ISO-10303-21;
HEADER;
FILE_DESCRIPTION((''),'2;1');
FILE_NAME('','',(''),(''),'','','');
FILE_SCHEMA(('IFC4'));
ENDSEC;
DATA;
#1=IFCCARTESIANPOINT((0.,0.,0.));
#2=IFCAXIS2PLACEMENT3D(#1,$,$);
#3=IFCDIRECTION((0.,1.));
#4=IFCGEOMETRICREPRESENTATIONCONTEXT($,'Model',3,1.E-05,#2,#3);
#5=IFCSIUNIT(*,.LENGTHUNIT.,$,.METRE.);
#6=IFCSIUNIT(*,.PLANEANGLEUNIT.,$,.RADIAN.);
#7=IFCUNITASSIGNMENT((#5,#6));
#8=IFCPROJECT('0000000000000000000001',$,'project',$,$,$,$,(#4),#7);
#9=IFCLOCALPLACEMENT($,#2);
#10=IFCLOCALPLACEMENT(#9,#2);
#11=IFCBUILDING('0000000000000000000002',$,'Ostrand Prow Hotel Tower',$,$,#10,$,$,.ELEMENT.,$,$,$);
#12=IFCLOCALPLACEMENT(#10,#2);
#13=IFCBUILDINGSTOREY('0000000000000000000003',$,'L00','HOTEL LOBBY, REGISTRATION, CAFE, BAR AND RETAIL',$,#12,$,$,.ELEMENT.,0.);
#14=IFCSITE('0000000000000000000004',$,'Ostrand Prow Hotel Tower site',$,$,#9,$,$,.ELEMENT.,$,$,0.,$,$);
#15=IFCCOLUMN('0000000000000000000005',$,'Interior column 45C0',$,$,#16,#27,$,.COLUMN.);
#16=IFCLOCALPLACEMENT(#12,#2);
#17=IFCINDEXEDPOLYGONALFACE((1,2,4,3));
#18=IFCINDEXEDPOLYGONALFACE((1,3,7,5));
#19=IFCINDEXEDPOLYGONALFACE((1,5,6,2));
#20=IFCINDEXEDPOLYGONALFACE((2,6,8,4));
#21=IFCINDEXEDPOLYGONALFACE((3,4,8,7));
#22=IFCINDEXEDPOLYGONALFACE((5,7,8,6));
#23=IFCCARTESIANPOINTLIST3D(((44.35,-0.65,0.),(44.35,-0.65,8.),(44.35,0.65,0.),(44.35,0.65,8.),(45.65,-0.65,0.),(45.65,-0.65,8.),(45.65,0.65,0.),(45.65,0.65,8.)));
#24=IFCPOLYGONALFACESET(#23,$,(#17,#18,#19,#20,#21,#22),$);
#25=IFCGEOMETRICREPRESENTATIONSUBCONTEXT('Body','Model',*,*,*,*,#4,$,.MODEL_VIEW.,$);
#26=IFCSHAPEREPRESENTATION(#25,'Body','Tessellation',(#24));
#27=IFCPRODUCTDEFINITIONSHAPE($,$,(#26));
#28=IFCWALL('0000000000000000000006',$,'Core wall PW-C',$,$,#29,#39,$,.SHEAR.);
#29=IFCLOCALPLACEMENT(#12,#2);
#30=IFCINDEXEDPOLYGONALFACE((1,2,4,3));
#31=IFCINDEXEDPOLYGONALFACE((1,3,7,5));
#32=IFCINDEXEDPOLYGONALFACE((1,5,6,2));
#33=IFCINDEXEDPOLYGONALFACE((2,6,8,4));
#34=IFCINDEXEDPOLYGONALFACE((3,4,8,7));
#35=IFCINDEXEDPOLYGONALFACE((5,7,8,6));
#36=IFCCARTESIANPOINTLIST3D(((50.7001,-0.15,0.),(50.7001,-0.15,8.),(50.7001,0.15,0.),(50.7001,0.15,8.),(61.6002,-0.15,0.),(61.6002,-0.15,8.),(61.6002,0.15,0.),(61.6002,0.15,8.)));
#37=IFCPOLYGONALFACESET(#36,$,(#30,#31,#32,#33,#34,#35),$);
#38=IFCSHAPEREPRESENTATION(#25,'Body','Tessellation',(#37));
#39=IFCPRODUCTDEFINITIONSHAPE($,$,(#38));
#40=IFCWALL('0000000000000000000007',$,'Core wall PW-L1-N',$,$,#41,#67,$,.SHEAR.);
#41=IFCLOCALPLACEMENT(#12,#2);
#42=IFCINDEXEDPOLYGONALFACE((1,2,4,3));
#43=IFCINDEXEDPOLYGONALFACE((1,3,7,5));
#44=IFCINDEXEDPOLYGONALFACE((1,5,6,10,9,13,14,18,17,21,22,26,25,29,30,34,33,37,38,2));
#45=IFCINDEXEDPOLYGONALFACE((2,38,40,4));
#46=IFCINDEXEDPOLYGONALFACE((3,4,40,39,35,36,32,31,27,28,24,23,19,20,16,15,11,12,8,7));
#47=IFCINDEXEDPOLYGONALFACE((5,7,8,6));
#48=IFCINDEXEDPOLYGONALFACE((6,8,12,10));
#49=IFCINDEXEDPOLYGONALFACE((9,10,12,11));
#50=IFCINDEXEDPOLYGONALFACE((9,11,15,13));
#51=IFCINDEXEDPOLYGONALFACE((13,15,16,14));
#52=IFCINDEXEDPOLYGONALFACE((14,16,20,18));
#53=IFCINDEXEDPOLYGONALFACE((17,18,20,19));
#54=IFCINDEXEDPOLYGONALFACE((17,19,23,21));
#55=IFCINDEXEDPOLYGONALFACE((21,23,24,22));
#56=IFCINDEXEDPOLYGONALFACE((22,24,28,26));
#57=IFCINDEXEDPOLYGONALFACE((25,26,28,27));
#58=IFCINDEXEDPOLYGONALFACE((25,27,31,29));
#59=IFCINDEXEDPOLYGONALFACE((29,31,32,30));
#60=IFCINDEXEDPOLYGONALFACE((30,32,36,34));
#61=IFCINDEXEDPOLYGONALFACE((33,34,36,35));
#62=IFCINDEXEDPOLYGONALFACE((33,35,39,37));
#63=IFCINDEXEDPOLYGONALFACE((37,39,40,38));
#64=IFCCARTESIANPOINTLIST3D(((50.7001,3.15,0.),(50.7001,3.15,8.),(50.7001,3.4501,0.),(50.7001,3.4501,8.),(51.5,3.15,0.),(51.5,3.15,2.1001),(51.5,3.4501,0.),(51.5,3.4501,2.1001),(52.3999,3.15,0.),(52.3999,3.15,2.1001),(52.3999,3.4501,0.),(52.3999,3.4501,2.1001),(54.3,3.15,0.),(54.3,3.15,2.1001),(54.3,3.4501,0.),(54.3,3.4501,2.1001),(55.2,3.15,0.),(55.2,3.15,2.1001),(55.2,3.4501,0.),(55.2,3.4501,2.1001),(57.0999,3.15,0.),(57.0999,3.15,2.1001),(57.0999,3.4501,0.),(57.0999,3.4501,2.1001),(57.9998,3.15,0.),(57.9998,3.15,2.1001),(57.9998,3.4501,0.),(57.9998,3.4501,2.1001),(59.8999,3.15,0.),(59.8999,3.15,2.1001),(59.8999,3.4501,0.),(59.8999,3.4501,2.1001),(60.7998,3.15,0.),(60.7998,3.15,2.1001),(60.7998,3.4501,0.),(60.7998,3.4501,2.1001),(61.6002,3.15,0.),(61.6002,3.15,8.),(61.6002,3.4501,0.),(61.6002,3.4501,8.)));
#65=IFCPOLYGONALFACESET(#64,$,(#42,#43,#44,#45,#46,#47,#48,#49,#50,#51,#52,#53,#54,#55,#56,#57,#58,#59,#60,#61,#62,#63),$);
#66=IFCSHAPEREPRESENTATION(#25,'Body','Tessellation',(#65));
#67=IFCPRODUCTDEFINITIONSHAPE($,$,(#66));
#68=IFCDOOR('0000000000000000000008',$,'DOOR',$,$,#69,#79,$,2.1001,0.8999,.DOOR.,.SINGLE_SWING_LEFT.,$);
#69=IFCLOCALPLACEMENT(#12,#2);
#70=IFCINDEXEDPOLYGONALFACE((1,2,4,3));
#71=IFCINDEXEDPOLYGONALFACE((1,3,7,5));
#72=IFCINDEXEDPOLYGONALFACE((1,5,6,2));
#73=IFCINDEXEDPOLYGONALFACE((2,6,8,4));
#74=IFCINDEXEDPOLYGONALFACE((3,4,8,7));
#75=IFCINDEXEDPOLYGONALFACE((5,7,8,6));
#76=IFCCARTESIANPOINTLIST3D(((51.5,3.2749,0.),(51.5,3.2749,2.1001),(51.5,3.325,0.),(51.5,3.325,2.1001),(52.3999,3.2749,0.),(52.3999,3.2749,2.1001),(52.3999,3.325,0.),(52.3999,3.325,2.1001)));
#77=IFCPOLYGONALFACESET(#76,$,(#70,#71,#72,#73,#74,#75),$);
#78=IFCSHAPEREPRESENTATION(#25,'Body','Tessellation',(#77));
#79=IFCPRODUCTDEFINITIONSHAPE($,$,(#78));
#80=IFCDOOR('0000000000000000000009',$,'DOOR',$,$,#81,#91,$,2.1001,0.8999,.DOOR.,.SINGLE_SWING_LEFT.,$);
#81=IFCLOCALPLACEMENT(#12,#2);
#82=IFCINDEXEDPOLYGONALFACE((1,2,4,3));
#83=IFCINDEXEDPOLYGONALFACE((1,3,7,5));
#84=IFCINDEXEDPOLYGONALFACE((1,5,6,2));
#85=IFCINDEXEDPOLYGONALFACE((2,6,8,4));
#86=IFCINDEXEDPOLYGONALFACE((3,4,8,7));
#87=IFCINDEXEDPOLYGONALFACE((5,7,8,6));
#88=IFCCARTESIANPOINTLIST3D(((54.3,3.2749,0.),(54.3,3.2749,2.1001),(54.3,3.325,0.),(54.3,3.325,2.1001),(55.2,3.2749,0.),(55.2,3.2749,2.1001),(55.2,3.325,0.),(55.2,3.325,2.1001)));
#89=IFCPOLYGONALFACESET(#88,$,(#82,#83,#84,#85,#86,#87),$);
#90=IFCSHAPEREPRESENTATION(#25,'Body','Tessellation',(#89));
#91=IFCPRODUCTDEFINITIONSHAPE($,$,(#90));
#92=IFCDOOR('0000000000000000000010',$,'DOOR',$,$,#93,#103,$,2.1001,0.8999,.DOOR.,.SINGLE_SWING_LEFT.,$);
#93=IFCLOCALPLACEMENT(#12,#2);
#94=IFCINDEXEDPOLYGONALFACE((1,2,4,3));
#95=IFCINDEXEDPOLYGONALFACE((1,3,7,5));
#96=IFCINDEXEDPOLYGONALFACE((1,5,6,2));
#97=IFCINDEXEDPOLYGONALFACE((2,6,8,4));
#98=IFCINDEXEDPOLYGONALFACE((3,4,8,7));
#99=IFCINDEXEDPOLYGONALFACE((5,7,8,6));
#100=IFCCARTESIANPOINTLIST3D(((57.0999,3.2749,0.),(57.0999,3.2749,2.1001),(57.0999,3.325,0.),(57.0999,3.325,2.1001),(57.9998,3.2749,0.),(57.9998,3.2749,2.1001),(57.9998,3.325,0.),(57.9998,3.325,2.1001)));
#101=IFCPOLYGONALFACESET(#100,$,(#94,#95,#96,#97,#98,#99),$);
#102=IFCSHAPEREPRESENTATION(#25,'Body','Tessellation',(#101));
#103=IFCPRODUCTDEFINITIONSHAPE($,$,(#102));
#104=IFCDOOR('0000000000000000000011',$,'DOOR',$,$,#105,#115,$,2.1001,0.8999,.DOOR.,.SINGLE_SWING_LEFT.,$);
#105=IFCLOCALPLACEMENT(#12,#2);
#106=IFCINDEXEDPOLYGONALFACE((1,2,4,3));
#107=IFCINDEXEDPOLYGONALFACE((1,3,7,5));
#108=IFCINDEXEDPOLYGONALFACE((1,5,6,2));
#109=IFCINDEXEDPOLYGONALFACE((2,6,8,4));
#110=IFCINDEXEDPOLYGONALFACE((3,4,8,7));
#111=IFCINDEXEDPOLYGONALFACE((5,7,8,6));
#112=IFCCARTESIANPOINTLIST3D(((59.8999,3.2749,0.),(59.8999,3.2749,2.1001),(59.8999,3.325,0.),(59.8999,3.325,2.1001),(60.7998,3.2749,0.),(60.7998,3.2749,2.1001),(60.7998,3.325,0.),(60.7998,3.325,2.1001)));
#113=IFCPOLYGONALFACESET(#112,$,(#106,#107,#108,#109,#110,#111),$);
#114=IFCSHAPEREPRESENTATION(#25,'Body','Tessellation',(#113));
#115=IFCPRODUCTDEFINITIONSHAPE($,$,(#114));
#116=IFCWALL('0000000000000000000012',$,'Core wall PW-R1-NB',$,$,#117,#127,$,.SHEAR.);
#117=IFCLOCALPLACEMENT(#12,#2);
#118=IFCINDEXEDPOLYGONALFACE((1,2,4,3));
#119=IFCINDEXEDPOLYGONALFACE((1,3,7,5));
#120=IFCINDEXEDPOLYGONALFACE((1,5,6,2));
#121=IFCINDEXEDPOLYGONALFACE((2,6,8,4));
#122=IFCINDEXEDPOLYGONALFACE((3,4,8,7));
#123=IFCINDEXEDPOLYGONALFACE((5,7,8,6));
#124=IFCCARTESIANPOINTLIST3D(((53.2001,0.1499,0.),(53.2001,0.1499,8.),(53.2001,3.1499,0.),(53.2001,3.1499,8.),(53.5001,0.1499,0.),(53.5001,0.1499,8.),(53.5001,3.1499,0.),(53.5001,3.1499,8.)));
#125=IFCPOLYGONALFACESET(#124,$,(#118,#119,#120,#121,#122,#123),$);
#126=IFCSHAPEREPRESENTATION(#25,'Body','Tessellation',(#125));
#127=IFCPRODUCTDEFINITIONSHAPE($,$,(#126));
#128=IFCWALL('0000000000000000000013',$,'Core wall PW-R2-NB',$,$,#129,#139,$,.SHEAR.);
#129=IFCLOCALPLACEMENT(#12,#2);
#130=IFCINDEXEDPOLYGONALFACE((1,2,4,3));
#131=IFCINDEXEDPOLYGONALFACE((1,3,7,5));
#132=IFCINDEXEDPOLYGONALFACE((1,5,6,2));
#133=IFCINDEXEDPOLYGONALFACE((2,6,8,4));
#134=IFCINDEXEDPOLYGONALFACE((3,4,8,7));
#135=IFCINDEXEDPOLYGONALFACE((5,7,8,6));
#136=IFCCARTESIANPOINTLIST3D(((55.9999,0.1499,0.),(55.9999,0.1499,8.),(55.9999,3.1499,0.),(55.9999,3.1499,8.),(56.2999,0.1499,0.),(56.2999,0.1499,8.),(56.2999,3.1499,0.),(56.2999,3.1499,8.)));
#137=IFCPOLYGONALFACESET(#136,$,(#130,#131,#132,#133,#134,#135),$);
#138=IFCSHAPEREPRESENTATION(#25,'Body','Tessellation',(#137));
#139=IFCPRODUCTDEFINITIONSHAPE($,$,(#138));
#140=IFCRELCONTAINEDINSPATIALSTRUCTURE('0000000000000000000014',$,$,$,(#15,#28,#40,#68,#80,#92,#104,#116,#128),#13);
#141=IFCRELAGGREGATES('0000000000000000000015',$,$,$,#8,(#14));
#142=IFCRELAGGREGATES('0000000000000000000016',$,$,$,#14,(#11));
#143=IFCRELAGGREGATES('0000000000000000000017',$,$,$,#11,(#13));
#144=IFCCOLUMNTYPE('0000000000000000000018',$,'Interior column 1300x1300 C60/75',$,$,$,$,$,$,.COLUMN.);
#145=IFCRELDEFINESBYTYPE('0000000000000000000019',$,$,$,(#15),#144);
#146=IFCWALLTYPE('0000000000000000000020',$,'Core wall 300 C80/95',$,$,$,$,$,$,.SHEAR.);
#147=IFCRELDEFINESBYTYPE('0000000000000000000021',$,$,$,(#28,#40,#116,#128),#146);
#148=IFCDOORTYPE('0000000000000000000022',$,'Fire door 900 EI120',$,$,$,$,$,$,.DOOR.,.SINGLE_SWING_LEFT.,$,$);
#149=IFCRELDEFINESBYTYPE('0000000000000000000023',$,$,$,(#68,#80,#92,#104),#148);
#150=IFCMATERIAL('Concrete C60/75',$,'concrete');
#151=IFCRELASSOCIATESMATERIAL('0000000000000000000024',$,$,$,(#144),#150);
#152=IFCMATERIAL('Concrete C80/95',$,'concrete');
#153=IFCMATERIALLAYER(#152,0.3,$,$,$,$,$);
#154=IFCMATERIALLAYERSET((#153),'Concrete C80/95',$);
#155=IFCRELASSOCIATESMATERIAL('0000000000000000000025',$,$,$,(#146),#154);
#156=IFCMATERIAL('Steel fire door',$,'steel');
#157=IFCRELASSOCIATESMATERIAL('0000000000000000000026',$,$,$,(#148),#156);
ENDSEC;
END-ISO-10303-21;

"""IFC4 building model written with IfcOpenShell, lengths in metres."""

from ifc_helpers import new_model, si_unit, direction, frame, frame_2d, origin, origin_2d, place, context, subcontext, project, spatial, rectangle, extrude, material, layer, layer_set, material_profile, profile_set, type_object, element, fill, save


model = new_model("IFC4")

# Units and contexts
model_context = context("Model", 3, precision=1e-05, world=origin(), true_north=direction((0.0, 1.0)))
body_context = subcontext(model_context, "Body", "Model", "MODEL_VIEW")
ifc_project = project(units=[si_unit("LENGTHUNIT", "METRE"), si_unit("PLANEANGLEUNIT", "RADIAN")], contexts=[model_context])

# Site, building, storey
site_placement = place(None, origin())
site = spatial("IfcSite", under=ifc_project, at=site_placement, Name="Ostrand Prow Hotel Tower site", CompositionType="ELEMENT", RefElevation=0.0)
building_placement = place(site_placement, origin())
building = spatial("IfcBuilding", under=site, at=building_placement, Name="Ostrand Prow Hotel Tower", CompositionType="ELEMENT")
storey_placement = place(building_placement, origin())
storey = spatial("IfcBuildingStorey", under=building, at=storey_placement, Name="L00", Description="HOTEL LOBBY, REGISTRATION, CAFE, BAR AND RETAIL", CompositionType="ELEMENT", Elevation=0.0)

# Column
ifc_material_1 = material(Name="Concrete C60/75", Category="concrete")
ifc_material_profile = material_profile(ifc_material_1, rectangle(XDim=1.3, YDim=1.3, at=origin_2d()), Name="RC 1300x1300")
ifc_profile_set = profile_set([ifc_material_profile], Name="Concrete C60/75")
column_type = type_object("IfcColumnType", Name="Interior column 1300x1300 C60/75", PredefinedType="COLUMN", material=ifc_profile_set)
column_placement = place(storey_placement, frame((45.0, 0.0, 0.0), z_axis=(0.0, 0.0, 1.0), x_axis=(1.0, 0.0, 0.0)))
element("IfcColumn", 1, at=column_placement, inside=storey, type_object=column_type, Name="Interior column 45C0", PredefinedType="COLUMN", context=body_context, shape_type="SweptSolid", body=[
    extrude(rectangle(XDim=1.3, YDim=1.3, at=origin_2d()), origin(), (0.0, 0.0, 1.0), 8.0),
])

# Wall
ifc_material_2 = material(Name="Concrete C80/95", Category="concrete")
ifc_layer = layer(ifc_material_2, 0.3)
ifc_layer_set = layer_set([ifc_layer], Name="Concrete C80/95")
wall_type = type_object("IfcWallType", Name="Core wall 300 C80/95", PredefinedType="SHEAR", material=ifc_layer_set)
wall_1_placement = place(storey_placement, frame((50.7, 0.0, 0.0), z_axis=(0.0, 0.0, 1.0), x_axis=(1.0, 0.0, 0.0)))
element("IfcWall", 2, at=wall_1_placement, inside=storey, type_object=wall_type, Name="Core wall PW-C", PredefinedType="SHEAR", context=body_context, shape_type="SweptSolid", body=[
    extrude(rectangle(XDim=10.9001, YDim=0.3, at=frame_2d((5.4502, 0.0))), origin(), (0.0, 0.0, 1.0), 8.0),
])

# Wall, openings, doors
wall_2_placement = place(storey_placement, frame((50.7, 3.3, 0.0), z_axis=(0.0, 0.0, 1.0), x_axis=(1.0, 0.0, 0.0)))
wall_2 = element("IfcWall", 3, at=wall_2_placement, inside=storey, type_object=wall_type, Name="Core wall PW-L1-N", PredefinedType="SHEAR", context=body_context, shape_type="SweptSolid", body=[
    extrude(rectangle(XDim=10.9001, YDim=0.3, at=frame_2d((5.4502, 0.0))), origin(), (0.0, 0.0, 1.0), 8.0),
])
opening_1_placement = place(wall_2_placement, frame((0.8, 0.0, 0.0)))
opening_1 = element("IfcOpeningElement", 4, at=opening_1_placement, cuts=wall_2, PredefinedType="OPENING", context=body_context, shape_type="SweptSolid", body=[
    extrude(rectangle(XDim=0.8999, YDim=2.1001, at=frame_2d((0.45, 1.05))), frame((0.0, 0.1599, 0.0), z_axis=(0.0, -1.0, 0.0), x_axis=(1.0, 0.0, 0.0)), (0.0, 0.0, 1.0), 0.3201),
])
opening_2_placement = place(wall_2_placement, frame((3.6001, 0.0, 0.0)))
opening_2 = element("IfcOpeningElement", 5, at=opening_2_placement, cuts=wall_2, PredefinedType="OPENING", context=body_context, shape_type="SweptSolid", body=[
    extrude(rectangle(XDim=0.8999, YDim=2.1001, at=frame_2d((0.45, 1.05))), frame((0.0, 0.1599, 0.0), z_axis=(0.0, -1.0, 0.0), x_axis=(1.0, 0.0, 0.0)), (0.0, 0.0, 1.0), 0.3201),
])
opening_3_placement = place(wall_2_placement, frame((6.3999, 0.0, 0.0)))
opening_3 = element("IfcOpeningElement", 6, at=opening_3_placement, cuts=wall_2, PredefinedType="OPENING", context=body_context, shape_type="SweptSolid", body=[
    extrude(rectangle(XDim=0.8999, YDim=2.1001, at=frame_2d((0.45, 1.05))), frame((0.0, 0.1599, 0.0), z_axis=(0.0, -1.0, 0.0), x_axis=(1.0, 0.0, 0.0)), (0.0, 0.0, 1.0), 0.3201),
])
opening_4_placement = place(wall_2_placement, frame((9.2, 0.0, 0.0)))
opening_4 = element("IfcOpeningElement", 7, at=opening_4_placement, cuts=wall_2, PredefinedType="OPENING", context=body_context, shape_type="SweptSolid", body=[
    extrude(rectangle(XDim=0.8999, YDim=2.1001, at=frame_2d((0.45, 1.05))), frame((0.0, 0.1599, 0.0), z_axis=(0.0, -1.0, 0.0), x_axis=(1.0, 0.0, 0.0)), (0.0, 0.0, 1.0), 0.3201),
])
ifc_material_3 = material(Name="Steel fire door", Category="steel")
door_type_1 = type_object("IfcDoorType", Name="Fire door 900 EI120", OperationType="SINGLE_SWING_LEFT", PredefinedType="DOOR", material=ifc_material_3)
door_1_placement = place(opening_1_placement, origin())
door_1 = element("IfcDoor", 8, at=door_1_placement, inside=storey, type_object=door_type_1, Name="DOOR", OperationType="SINGLE_SWING_LEFT", OverallHeight=2.1001, OverallWidth=0.8999, PredefinedType="DOOR", context=body_context, shape_type="SweptSolid", body=[
    extrude(rectangle(XDim=0.8999, YDim=2.1001, at=frame_2d((0.45, 1.05))), frame((0.0, 0.0249, 0.0), z_axis=(0.0, -1.0, 0.0), x_axis=(1.0, 0.0, 0.0)), (0.0, 0.0, 1.0), 0.05),
])
fill(opening_1, door_1)
door_2_placement = place(opening_2_placement, origin())
door_2 = element("IfcDoor", 9, at=door_2_placement, inside=storey, type_object=door_type_1, Name="DOOR", OperationType="SINGLE_SWING_LEFT", OverallHeight=2.1001, OverallWidth=0.8999, PredefinedType="DOOR", context=body_context, shape_type="SweptSolid", body=[
    extrude(rectangle(XDim=0.8999, YDim=2.1001, at=frame_2d((0.45, 1.05))), frame((0.0, 0.0249, 0.0), z_axis=(0.0, -1.0, 0.0), x_axis=(1.0, 0.0, 0.0)), (0.0, 0.0, 1.0), 0.05),
])
fill(opening_2, door_2)
door_3_placement = place(opening_3_placement, origin())
door_3 = element("IfcDoor", 10, at=door_3_placement, inside=storey, type_object=door_type_1, Name="DOOR", OperationType="SINGLE_SWING_LEFT", OverallHeight=2.1001, OverallWidth=0.8999, PredefinedType="DOOR", context=body_context, shape_type="SweptSolid", body=[
    extrude(rectangle(XDim=0.8999, YDim=2.1001, at=frame_2d((0.45, 1.05))), frame((0.0, 0.0249, 0.0), z_axis=(0.0, -1.0, 0.0), x_axis=(1.0, 0.0, 0.0)), (0.0, 0.0, 1.0), 0.05),
])
fill(opening_3, door_3)
door_4_placement = place(opening_4_placement, origin())
door_4 = element("IfcDoor", 11, at=door_4_placement, inside=storey, type_object=door_type_1, Name="DOOR", OperationType="SINGLE_SWING_LEFT", OverallHeight=2.1001, OverallWidth=0.8999, PredefinedType="DOOR", context=body_context, shape_type="SweptSolid", body=[
    extrude(rectangle(XDim=0.8999, YDim=2.1001, at=frame_2d((0.45, 1.05))), frame((0.0, 0.0249, 0.0), z_axis=(0.0, -1.0, 0.0), x_axis=(1.0, 0.0, 0.0)), (0.0, 0.0, 1.0), 0.05),
])
fill(opening_4, door_4)

# Walls
for number, where, z_axis, x_axis, name in (
    (12, (53.3501, 0.1499, 0.0), (0.0, 0.0, 1.0), (0.0, 1.0, 0.0), "Core wall PW-R1-NB"),
    (13, (56.1499, 0.1499, 0.0), (0.0, 0.0, 1.0), (0.0, 1.0, 0.0), "Core wall PW-R2-NB"),
):
    element("IfcWall", number, at=place(storey_placement, frame(where, z_axis=z_axis, x_axis=x_axis)), inside=storey, type_object=wall_type, Name=name, PredefinedType="SHEAR", context=body_context, shape_type="SweptSolid", body=[
        extrude(rectangle(XDim=3.0, YDim=0.3, at=frame_2d((1.5, 0.0))), origin(), (0.0, 0.0, 1.0), 8.0),
    ])

save(model, "model.ifc")
